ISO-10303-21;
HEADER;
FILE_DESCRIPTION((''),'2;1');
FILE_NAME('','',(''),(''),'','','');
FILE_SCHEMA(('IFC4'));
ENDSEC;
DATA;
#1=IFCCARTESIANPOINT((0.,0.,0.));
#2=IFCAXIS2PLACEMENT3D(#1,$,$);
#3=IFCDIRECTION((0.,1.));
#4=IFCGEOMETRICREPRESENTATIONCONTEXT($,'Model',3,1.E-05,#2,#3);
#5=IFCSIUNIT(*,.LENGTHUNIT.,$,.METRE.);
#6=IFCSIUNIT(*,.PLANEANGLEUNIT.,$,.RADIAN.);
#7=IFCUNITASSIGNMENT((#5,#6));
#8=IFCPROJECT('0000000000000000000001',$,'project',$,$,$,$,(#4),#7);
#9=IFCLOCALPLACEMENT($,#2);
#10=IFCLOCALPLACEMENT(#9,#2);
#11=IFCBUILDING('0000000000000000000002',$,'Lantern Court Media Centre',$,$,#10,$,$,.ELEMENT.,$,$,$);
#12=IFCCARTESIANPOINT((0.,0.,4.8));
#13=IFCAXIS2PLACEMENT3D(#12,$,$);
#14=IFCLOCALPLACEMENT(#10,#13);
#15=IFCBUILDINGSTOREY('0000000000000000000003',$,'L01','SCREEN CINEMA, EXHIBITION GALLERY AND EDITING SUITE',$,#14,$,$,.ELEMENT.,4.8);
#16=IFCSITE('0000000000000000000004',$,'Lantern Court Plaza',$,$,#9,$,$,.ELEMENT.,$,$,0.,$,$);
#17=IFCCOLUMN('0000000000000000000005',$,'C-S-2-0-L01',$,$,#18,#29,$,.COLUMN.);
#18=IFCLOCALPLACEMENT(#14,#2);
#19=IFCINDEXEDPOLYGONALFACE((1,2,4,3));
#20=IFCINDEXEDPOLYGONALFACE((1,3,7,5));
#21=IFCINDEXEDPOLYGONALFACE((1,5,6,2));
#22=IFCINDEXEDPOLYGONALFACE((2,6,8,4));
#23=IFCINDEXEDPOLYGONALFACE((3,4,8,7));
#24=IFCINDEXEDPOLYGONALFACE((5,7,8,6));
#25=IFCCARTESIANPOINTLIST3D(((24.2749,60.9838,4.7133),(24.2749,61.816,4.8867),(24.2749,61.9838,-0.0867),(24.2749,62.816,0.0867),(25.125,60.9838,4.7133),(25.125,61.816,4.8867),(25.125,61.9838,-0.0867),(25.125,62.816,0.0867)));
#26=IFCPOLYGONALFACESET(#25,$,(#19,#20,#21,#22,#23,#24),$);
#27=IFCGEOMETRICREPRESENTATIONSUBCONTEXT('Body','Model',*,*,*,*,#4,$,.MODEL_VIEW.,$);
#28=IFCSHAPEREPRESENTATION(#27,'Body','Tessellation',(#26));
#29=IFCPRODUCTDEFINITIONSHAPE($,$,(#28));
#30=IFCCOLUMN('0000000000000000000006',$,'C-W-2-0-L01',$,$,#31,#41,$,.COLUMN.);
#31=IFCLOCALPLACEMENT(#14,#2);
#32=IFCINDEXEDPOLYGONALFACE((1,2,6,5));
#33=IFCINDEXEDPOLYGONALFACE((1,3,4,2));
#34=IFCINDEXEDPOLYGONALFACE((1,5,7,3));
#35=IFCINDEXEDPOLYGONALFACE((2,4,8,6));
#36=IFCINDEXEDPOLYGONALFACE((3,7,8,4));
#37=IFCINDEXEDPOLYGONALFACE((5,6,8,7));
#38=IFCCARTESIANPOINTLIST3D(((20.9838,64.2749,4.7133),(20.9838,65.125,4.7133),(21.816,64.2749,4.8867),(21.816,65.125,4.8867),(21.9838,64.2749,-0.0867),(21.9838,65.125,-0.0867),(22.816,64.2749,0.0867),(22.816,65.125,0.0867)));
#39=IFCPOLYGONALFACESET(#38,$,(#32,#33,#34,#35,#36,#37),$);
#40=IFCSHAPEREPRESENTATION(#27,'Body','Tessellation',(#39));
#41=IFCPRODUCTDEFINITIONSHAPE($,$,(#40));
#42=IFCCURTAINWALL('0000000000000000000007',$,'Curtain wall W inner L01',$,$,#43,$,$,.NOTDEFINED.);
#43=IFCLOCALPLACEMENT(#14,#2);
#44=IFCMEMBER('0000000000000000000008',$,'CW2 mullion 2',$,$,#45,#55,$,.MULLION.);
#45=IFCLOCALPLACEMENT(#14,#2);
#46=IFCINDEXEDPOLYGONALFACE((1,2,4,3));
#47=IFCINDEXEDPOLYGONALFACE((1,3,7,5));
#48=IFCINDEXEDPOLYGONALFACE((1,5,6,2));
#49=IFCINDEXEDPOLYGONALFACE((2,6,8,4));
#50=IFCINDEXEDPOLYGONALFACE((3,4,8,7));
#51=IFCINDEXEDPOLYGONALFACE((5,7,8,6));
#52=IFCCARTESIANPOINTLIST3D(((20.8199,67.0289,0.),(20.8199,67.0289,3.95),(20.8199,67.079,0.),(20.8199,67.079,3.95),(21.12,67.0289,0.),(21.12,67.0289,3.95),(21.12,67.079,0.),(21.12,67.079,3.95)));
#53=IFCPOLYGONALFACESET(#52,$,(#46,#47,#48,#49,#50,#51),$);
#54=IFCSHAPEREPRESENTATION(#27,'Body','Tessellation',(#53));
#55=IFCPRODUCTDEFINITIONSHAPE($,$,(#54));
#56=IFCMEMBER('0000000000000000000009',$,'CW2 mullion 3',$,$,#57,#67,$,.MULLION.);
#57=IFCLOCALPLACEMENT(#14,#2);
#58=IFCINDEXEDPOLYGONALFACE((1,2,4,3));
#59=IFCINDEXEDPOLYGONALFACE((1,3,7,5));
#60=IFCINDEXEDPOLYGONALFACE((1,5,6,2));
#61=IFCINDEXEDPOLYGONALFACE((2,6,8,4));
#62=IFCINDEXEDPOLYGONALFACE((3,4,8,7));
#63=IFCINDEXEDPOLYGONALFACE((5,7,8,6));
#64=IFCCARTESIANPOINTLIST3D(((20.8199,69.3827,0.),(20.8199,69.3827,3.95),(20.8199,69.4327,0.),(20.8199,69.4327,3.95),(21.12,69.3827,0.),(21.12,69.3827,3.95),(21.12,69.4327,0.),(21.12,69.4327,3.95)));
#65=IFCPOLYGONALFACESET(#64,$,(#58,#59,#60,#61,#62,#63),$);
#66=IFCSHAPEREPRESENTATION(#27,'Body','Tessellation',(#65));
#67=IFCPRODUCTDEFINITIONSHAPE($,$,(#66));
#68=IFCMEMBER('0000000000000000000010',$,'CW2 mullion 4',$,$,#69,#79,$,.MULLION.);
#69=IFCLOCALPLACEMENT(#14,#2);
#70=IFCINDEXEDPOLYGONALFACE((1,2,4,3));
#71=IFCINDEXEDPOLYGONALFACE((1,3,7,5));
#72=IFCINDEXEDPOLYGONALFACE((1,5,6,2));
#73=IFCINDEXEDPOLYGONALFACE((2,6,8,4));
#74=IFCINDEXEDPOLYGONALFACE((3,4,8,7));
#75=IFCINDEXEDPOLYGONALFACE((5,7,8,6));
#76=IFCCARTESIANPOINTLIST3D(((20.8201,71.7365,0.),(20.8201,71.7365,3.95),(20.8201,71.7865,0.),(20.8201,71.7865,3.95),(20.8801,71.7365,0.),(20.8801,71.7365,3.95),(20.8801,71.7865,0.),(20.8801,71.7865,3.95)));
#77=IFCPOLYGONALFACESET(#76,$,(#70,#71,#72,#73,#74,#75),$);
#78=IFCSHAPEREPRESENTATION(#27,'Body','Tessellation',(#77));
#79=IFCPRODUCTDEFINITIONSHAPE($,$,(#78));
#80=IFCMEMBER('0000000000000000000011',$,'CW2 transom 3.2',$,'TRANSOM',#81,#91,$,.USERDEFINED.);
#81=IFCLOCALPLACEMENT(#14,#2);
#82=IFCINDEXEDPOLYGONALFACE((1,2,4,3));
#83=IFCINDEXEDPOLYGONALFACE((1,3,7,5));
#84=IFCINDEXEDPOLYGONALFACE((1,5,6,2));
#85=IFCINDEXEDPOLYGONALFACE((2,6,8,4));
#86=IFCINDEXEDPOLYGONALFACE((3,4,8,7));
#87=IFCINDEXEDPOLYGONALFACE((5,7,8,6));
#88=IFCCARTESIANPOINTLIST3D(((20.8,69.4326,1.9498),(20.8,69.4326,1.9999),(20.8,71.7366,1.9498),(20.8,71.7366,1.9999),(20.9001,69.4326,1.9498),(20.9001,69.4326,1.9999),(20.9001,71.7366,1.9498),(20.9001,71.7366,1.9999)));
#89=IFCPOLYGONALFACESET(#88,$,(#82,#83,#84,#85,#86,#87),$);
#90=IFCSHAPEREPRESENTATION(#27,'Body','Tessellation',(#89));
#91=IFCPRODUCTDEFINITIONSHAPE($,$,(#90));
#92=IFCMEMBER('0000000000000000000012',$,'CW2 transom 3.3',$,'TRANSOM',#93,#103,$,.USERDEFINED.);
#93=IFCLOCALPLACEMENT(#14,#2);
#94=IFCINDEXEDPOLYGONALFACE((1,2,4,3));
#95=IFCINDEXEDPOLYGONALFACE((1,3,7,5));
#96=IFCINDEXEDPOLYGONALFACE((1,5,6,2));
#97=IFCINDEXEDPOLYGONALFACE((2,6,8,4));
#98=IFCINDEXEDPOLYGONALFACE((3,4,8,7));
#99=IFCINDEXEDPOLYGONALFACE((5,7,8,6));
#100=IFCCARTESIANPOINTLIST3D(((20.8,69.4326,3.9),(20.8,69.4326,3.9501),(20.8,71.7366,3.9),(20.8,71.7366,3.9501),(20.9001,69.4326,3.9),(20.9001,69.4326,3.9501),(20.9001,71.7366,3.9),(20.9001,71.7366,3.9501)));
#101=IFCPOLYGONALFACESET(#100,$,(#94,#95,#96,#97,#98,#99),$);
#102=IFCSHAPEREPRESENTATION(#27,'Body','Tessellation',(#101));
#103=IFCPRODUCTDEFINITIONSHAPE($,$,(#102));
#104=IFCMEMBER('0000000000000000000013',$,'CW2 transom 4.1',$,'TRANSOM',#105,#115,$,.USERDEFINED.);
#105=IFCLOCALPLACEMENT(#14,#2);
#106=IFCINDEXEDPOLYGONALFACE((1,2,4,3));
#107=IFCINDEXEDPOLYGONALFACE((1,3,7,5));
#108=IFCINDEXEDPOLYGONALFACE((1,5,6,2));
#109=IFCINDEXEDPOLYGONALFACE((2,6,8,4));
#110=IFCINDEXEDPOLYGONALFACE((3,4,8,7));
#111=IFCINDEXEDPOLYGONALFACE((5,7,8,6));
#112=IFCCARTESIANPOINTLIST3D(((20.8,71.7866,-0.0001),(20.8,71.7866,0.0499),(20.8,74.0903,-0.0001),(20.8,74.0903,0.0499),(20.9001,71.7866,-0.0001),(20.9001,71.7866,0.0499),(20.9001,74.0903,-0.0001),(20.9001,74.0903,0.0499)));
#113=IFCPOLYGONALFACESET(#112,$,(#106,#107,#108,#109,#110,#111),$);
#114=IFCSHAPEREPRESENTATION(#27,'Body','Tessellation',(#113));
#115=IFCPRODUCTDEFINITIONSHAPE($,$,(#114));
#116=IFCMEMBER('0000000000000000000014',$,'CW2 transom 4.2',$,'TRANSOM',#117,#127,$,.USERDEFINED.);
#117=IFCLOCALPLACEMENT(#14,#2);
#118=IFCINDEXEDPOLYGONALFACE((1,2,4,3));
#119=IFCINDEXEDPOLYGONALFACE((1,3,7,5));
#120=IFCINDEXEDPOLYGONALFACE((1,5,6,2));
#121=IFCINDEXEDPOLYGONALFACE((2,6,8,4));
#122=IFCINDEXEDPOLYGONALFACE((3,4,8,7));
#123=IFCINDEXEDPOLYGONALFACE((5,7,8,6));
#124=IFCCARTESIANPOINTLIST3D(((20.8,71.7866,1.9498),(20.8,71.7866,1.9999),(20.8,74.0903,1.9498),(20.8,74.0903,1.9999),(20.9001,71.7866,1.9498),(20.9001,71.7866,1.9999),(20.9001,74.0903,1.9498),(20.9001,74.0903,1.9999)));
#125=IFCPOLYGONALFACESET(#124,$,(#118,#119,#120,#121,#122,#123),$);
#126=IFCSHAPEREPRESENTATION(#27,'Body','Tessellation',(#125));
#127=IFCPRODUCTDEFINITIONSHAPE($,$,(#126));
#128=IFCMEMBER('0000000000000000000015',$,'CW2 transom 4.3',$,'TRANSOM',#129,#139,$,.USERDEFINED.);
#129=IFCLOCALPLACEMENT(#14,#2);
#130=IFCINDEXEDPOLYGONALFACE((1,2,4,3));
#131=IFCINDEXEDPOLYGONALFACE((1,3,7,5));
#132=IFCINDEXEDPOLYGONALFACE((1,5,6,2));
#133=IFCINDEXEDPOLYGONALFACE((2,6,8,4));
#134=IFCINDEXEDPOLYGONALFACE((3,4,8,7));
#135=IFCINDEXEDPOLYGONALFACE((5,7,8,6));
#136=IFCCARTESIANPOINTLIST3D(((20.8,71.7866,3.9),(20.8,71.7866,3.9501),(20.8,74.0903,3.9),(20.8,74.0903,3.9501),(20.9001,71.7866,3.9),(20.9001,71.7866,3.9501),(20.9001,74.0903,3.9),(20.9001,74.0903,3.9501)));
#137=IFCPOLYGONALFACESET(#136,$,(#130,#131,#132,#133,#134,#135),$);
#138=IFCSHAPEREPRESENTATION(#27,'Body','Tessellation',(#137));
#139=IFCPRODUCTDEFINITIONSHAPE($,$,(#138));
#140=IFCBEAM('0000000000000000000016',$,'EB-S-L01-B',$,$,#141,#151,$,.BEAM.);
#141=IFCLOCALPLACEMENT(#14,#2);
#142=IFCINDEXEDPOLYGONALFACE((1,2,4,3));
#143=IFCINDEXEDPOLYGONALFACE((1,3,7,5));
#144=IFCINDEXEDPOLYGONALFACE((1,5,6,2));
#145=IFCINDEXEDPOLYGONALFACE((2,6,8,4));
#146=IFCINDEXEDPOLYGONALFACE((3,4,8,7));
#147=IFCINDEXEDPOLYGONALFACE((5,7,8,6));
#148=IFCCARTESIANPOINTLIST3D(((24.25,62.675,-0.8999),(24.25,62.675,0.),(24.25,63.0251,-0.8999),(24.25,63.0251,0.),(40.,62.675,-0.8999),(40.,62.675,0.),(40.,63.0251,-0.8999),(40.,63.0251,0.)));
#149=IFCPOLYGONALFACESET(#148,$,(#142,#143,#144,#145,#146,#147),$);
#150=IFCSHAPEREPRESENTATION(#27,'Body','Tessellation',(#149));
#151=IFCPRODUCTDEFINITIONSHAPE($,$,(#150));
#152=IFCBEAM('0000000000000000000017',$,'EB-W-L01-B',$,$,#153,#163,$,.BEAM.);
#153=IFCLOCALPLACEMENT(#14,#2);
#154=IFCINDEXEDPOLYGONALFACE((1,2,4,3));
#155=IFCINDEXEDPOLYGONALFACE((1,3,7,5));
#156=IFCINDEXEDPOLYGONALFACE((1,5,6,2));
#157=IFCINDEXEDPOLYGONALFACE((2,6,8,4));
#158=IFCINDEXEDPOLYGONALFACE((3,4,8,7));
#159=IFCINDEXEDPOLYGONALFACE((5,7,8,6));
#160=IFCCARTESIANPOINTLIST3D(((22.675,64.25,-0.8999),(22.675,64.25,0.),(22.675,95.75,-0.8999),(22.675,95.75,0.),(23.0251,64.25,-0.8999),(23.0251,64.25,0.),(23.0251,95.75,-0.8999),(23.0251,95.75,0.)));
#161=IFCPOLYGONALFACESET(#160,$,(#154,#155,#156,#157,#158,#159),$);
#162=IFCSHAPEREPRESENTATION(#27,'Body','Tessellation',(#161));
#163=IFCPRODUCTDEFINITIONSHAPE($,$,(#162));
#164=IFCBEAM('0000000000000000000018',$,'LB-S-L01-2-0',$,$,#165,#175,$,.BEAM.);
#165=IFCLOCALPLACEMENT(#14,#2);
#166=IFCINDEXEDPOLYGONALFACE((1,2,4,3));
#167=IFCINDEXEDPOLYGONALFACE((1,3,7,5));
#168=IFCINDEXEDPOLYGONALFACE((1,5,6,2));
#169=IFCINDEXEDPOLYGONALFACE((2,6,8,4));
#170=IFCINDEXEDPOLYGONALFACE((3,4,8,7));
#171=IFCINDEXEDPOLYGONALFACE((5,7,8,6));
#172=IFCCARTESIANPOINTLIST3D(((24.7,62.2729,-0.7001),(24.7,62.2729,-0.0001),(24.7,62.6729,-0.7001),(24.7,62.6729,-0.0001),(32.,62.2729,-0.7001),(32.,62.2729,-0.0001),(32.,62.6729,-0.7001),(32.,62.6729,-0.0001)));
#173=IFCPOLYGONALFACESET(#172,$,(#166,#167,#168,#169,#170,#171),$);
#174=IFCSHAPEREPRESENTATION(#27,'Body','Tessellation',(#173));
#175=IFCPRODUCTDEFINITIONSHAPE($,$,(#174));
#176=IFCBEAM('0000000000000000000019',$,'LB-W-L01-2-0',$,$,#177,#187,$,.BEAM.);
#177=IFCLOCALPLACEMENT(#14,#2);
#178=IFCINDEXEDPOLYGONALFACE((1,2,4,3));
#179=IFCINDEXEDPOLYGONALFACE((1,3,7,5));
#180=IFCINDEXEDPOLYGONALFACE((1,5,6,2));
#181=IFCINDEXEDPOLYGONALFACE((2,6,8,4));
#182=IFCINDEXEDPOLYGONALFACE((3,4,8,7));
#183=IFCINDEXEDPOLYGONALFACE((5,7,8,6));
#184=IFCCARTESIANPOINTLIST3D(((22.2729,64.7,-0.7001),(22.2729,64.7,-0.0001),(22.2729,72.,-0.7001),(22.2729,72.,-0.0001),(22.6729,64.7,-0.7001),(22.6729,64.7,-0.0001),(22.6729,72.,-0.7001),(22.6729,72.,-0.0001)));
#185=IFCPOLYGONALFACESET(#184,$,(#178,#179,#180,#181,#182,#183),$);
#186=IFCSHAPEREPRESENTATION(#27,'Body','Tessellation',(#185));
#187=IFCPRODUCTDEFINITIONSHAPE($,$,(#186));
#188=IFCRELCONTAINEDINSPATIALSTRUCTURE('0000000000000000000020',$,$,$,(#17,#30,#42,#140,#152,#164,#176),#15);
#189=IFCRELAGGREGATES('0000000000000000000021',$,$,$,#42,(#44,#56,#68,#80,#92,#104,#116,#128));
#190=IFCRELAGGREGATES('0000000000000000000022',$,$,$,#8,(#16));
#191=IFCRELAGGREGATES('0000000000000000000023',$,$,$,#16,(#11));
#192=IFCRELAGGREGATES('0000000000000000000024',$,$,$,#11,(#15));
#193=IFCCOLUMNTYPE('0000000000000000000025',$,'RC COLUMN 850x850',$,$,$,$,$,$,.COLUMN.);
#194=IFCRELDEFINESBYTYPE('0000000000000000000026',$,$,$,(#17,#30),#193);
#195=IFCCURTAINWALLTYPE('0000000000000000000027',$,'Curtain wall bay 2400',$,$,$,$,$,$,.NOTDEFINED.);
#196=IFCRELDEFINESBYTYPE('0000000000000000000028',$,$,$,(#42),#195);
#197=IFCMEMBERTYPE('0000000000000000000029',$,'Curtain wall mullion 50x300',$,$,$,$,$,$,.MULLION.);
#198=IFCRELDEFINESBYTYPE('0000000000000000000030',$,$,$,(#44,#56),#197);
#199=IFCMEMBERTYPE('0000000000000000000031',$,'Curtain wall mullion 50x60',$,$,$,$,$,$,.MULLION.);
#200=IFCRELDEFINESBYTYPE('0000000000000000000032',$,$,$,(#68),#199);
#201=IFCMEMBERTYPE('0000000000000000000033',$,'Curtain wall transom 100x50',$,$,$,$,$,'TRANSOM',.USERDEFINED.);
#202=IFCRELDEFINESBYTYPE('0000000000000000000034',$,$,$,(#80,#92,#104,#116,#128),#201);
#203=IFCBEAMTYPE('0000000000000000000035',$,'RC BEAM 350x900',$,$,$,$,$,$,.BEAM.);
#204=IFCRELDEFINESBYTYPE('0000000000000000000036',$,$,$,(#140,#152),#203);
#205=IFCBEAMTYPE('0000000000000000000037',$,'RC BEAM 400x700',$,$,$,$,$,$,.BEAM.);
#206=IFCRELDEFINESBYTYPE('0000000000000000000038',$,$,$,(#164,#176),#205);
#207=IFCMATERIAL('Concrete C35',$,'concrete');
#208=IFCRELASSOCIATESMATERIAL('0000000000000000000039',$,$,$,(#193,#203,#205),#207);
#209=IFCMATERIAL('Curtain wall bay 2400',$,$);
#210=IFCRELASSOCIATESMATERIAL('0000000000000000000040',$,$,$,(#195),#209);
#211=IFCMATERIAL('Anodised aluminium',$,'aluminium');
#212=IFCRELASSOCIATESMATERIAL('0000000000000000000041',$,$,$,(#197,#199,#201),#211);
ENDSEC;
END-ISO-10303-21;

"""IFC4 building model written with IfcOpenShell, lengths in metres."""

from ifc_helpers import new_model, si_unit, direction, frame, origin, origin_2d, place, context, subcontext, project, spatial, rectangle, extrude, material, material_profile, profile_set, type_object, element, aggregate, save


model = new_model("IFC4")

# Units and contexts
model_context = context("Model", 3, precision=1e-05, world=origin(), true_north=direction((0.0, 1.0)))
body_context = subcontext(model_context, "Body", "Model", "MODEL_VIEW")
ifc_project = project(units=[si_unit("LENGTHUNIT", "METRE"), si_unit("PLANEANGLEUNIT", "RADIAN")], contexts=[model_context])

# Site, building, storey
site_placement = place(None, origin())
site = spatial("IfcSite", under=ifc_project, at=site_placement, Name="Lantern Court Plaza", CompositionType="ELEMENT", RefElevation=0.0)
building_placement = place(site_placement, origin())
building = spatial("IfcBuilding", under=site, at=building_placement, Name="Lantern Court Media Centre", CompositionType="ELEMENT")
storey_placement = place(building_placement, frame((0.0, 0.0, 4.8)))
storey = spatial("IfcBuildingStorey", under=building, at=storey_placement, Name="L01", Description="SCREEN CINEMA, EXHIBITION GALLERY AND EDITING SUITE", CompositionType="ELEMENT", Elevation=4.8)

# Columns
ifc_material_1 = material(Name="Concrete C35", Category="concrete")
ifc_material_profile_1 = material_profile(ifc_material_1, rectangle(XDim=0.8501, YDim=0.8501, at=origin_2d()), Name="RC 850x850")
ifc_profile_set_1 = profile_set([ifc_material_profile_1], Name="Concrete C35")
column_type = type_object("IfcColumnType", Name="RC COLUMN 850x850", PredefinedType="COLUMN", material=ifc_profile_set_1)
for number, where, z_axis, x_axis, name in (
    (1, (24.7, 62.3999, 0.0), (0.0, -0.203952, 0.978981), (1.0, 0.0, 0.0), "C-S-2-0-L01"),
    (2, (22.3999, 64.7, 0.0), (-0.203952, 0.0, 0.978981), (0.0, -1.0, 0.0), "C-W-2-0-L01"),
):
    element("IfcColumn", number, at=place(storey_placement, frame(where, z_axis=z_axis, x_axis=x_axis)), inside=storey, type_object=column_type, Name=name, PredefinedType="COLUMN", context=body_context, shape_type="SweptSolid", body=[
        extrude(rectangle(XDim=0.8501, YDim=0.8501, at=origin_2d()), origin(), (0.0, 0.0, 1.0), 4.9031),
    ])

# Curtain wall, members
ifc_material_2 = material(Name="Curtain wall bay 2400")
curtain_wall_type = type_object("IfcCurtainWallType", Name="Curtain wall bay 2400", PredefinedType="NOTDEFINED", material=ifc_material_2)
curtain_wall_placement = place(storey_placement, origin())
curtain_wall = element("IfcCurtainWall", 3, at=curtain_wall_placement, inside=storey, type_object=curtain_wall_type, Name="Curtain wall W inner L01", PredefinedType="NOTDEFINED")
ifc_material_3 = material(Name="Anodised aluminium", Category="aluminium")
ifc_material_profile_2 = material_profile(ifc_material_3, rectangle(XDim=0.3, YDim=0.05, at=origin_2d()), Name="AL 50x300")
ifc_profile_set_2 = profile_set([ifc_material_profile_2], Name="Anodised aluminium")
member_type_1 = type_object("IfcMemberType", Name="Curtain wall mullion 50x300", PredefinedType="MULLION", material=ifc_profile_set_2)
member_1_placement = place(storey_placement, frame((20.97, 67.054, 0.0), z_axis=(0.0, 0.0, 1.0), x_axis=(-1.0, 0.0, 0.0)))
member_1 = element("IfcMember", 4, at=member_1_placement, type_object=member_type_1, Name="CW2 mullion 2", PredefinedType="MULLION", context=body_context, shape_type="SweptSolid", body=[
    extrude(rectangle(XDim=0.3, YDim=0.05, at=origin_2d()), origin(), (0.0, 0.0, 1.0), 3.95),
])
member_2_placement = place(storey_placement, frame((20.97, 69.4077, 0.0), z_axis=(0.0, 0.0, 1.0), x_axis=(-1.0, 0.0, 0.0)))
member_2 = element("IfcMember", 5, at=member_2_placement, type_object=member_type_1, Name="CW2 mullion 3", PredefinedType="MULLION", context=body_context, shape_type="SweptSolid", body=[
    extrude(rectangle(XDim=0.3, YDim=0.05, at=origin_2d()), origin(), (0.0, 0.0, 1.0), 3.95),
])
ifc_material_profile_3 = material_profile(ifc_material_3, rectangle(XDim=0.0601, YDim=0.05, at=origin_2d()), Name="AL 50x60")
ifc_profile_set_3 = profile_set([ifc_material_profile_3], Name="Anodised aluminium")
member_type_2 = type_object("IfcMemberType", Name="Curtain wall mullion 50x60", PredefinedType="MULLION", material=ifc_profile_set_3)
member_3_placement = place(storey_placement, frame((20.8501, 71.7615, 0.0), z_axis=(0.0, 0.0, 1.0), x_axis=(-1.0, 0.0, 0.0)))
member_3 = element("IfcMember", 6, at=member_3_placement, type_object=member_type_2, Name="CW2 mullion 4", PredefinedType="MULLION", context=body_context, shape_type="SweptSolid", body=[
    extrude(rectangle(XDim=0.0601, YDim=0.05, at=origin_2d()), origin(), (0.0, 0.0, 1.0), 3.95),
])
ifc_material_profile_4 = material_profile(ifc_material_3, rectangle(XDim=0.1001, YDim=0.05, at=origin_2d()), Name="AL 50x100")
ifc_profile_set_4 = profile_set([ifc_material_profile_4], Name="Anodised aluminium")
member_type_3 = type_object("IfcMemberType", Name="Curtain wall transom 100x50", ElementType="TRANSOM", PredefinedType="USERDEFINED", material=ifc_profile_set_4)
member_4_placement = place(storey_placement, frame((20.8501, 69.4326, 1.9749), z_axis=(0.0, 1.0, 0.0), x_axis=(-1.0, 0.0, 0.0)))
member_4 = element("IfcMember", 7, at=member_4_placement, type_object=member_type_3, Name="CW2 transom 3.2", ObjectType="TRANSOM", PredefinedType="USERDEFINED", context=body_context, shape_type="SweptSolid", body=[
    extrude(rectangle(XDim=0.1001, YDim=0.05, at=origin_2d()), origin(), (0.0, 0.0, 1.0), 2.304),
])
member_5_placement = place(storey_placement, frame((20.8501, 69.4326, 3.925), z_axis=(0.0, 1.0, 0.0), x_axis=(-1.0, 0.0, 0.0)))
member_5 = element("IfcMember", 8, at=member_5_placement, type_object=member_type_3, Name="CW2 transom 3.3", ObjectType="TRANSOM", PredefinedType="USERDEFINED", context=body_context, shape_type="SweptSolid", body=[
    extrude(rectangle(XDim=0.1001, YDim=0.05, at=origin_2d()), origin(), (0.0, 0.0, 1.0), 2.304),
])
member_6_placement = place(storey_placement, frame((20.8501, 71.7866, 0.0249), z_axis=(0.0, 1.0, 0.0), x_axis=(-1.0, 0.0, 0.0)))
member_6 = element("IfcMember", 9, at=member_6_placement, type_object=member_type_3, Name="CW2 transom 4.1", ObjectType="TRANSOM", PredefinedType="USERDEFINED", context=body_context, shape_type="SweptSolid", body=[
    extrude(rectangle(XDim=0.1001, YDim=0.05, at=origin_2d()), origin(), (0.0, 0.0, 1.0), 2.3037),
])
member_7_placement = place(storey_placement, frame((20.8501, 71.7866, 1.9749), z_axis=(0.0, 1.0, 0.0), x_axis=(-1.0, 0.0, 0.0)))
member_7 = element("IfcMember", 10, at=member_7_placement, type_object=member_type_3, Name="CW2 transom 4.2", ObjectType="TRANSOM", PredefinedType="USERDEFINED", context=body_context, shape_type="SweptSolid", body=[
    extrude(rectangle(XDim=0.1001, YDim=0.05, at=origin_2d()), origin(), (0.0, 0.0, 1.0), 2.3037),
])
member_8_placement = place(storey_placement, frame((20.8501, 71.7866, 3.925), z_axis=(0.0, 1.0, 0.0), x_axis=(-1.0, 0.0, 0.0)))
member_8 = element("IfcMember", 11, at=member_8_placement, type_object=member_type_3, Name="CW2 transom 4.3", ObjectType="TRANSOM", PredefinedType="USERDEFINED", context=body_context, shape_type="SweptSolid", body=[
    extrude(rectangle(XDim=0.1001, YDim=0.05, at=origin_2d()), origin(), (0.0, 0.0, 1.0), 2.3037),
])

# Beams
ifc_material_profile_5 = material_profile(ifc_material_1, rectangle(XDim=0.3501, YDim=0.8999, at=origin_2d()), Name="RC 350x900")
ifc_profile_set_5 = profile_set([ifc_material_profile_5], Name="Concrete C35")
beam_type_1 = type_object("IfcBeamType", Name="RC BEAM 350x900", PredefinedType="BEAM", material=ifc_profile_set_5)
beam_1_placement = place(storey_placement, frame((24.25, 62.8501, -0.45), z_axis=(1.0, 0.0, 0.0), x_axis=(0.0, 1.0, 0.0)))
element("IfcBeam", 12, at=beam_1_placement, inside=storey, type_object=beam_type_1, Name="EB-S-L01-B", PredefinedType="BEAM", context=body_context, shape_type="SweptSolid", body=[
    extrude(rectangle(XDim=0.3501, YDim=0.8999, at=origin_2d()), origin(), (0.0, 0.0, 1.0), 15.75),
])
beam_2_placement = place(storey_placement, frame((22.8501, 64.25, -0.45), z_axis=(0.0, 1.0, 0.0), x_axis=(-1.0, 0.0, 0.0)))
element("IfcBeam", 13, at=beam_2_placement, inside=storey, type_object=beam_type_1, Name="EB-W-L01-B", PredefinedType="BEAM", context=body_context, shape_type="SweptSolid", body=[
    extrude(rectangle(XDim=0.3501, YDim=0.8999, at=origin_2d()), origin(), (0.0, 0.0, 1.0), 31.5),
])
ifc_material_profile_6 = material_profile(ifc_material_1, rectangle(XDim=0.3999, YDim=0.7, at=origin_2d()), Name="RC 400x700")
ifc_profile_set_6 = profile_set([ifc_material_profile_6], Name="Concrete C35")
beam_type_2 = type_object("IfcBeamType", Name="RC BEAM 400x700", PredefinedType="BEAM", material=ifc_profile_set_6)
for number, where, z_axis, x_axis, name in (
    (14, (24.7, 62.4729, -0.3501), (1.0, 0.0, 0.0), (0.0, 1.0, 0.0), "LB-S-L01-2-0"),
    (15, (22.4729, 64.7, -0.3501), (0.0, 1.0, 0.0), (-1.0, 0.0, 0.0), "LB-W-L01-2-0"),
):
    element("IfcBeam", number, at=place(storey_placement, frame(where, z_axis=z_axis, x_axis=x_axis)), inside=storey, type_object=beam_type_2, Name=name, PredefinedType="BEAM", context=body_context, shape_type="SweptSolid", body=[
        extrude(rectangle(XDim=0.3999, YDim=0.7, at=origin_2d()), origin(), (0.0, 0.0, 1.0), 7.3),
    ])

aggregate(curtain_wall, [member_1, member_2, member_3, member_4, member_5, member_6, member_7, member_8])

save(model, "model.ifc")
